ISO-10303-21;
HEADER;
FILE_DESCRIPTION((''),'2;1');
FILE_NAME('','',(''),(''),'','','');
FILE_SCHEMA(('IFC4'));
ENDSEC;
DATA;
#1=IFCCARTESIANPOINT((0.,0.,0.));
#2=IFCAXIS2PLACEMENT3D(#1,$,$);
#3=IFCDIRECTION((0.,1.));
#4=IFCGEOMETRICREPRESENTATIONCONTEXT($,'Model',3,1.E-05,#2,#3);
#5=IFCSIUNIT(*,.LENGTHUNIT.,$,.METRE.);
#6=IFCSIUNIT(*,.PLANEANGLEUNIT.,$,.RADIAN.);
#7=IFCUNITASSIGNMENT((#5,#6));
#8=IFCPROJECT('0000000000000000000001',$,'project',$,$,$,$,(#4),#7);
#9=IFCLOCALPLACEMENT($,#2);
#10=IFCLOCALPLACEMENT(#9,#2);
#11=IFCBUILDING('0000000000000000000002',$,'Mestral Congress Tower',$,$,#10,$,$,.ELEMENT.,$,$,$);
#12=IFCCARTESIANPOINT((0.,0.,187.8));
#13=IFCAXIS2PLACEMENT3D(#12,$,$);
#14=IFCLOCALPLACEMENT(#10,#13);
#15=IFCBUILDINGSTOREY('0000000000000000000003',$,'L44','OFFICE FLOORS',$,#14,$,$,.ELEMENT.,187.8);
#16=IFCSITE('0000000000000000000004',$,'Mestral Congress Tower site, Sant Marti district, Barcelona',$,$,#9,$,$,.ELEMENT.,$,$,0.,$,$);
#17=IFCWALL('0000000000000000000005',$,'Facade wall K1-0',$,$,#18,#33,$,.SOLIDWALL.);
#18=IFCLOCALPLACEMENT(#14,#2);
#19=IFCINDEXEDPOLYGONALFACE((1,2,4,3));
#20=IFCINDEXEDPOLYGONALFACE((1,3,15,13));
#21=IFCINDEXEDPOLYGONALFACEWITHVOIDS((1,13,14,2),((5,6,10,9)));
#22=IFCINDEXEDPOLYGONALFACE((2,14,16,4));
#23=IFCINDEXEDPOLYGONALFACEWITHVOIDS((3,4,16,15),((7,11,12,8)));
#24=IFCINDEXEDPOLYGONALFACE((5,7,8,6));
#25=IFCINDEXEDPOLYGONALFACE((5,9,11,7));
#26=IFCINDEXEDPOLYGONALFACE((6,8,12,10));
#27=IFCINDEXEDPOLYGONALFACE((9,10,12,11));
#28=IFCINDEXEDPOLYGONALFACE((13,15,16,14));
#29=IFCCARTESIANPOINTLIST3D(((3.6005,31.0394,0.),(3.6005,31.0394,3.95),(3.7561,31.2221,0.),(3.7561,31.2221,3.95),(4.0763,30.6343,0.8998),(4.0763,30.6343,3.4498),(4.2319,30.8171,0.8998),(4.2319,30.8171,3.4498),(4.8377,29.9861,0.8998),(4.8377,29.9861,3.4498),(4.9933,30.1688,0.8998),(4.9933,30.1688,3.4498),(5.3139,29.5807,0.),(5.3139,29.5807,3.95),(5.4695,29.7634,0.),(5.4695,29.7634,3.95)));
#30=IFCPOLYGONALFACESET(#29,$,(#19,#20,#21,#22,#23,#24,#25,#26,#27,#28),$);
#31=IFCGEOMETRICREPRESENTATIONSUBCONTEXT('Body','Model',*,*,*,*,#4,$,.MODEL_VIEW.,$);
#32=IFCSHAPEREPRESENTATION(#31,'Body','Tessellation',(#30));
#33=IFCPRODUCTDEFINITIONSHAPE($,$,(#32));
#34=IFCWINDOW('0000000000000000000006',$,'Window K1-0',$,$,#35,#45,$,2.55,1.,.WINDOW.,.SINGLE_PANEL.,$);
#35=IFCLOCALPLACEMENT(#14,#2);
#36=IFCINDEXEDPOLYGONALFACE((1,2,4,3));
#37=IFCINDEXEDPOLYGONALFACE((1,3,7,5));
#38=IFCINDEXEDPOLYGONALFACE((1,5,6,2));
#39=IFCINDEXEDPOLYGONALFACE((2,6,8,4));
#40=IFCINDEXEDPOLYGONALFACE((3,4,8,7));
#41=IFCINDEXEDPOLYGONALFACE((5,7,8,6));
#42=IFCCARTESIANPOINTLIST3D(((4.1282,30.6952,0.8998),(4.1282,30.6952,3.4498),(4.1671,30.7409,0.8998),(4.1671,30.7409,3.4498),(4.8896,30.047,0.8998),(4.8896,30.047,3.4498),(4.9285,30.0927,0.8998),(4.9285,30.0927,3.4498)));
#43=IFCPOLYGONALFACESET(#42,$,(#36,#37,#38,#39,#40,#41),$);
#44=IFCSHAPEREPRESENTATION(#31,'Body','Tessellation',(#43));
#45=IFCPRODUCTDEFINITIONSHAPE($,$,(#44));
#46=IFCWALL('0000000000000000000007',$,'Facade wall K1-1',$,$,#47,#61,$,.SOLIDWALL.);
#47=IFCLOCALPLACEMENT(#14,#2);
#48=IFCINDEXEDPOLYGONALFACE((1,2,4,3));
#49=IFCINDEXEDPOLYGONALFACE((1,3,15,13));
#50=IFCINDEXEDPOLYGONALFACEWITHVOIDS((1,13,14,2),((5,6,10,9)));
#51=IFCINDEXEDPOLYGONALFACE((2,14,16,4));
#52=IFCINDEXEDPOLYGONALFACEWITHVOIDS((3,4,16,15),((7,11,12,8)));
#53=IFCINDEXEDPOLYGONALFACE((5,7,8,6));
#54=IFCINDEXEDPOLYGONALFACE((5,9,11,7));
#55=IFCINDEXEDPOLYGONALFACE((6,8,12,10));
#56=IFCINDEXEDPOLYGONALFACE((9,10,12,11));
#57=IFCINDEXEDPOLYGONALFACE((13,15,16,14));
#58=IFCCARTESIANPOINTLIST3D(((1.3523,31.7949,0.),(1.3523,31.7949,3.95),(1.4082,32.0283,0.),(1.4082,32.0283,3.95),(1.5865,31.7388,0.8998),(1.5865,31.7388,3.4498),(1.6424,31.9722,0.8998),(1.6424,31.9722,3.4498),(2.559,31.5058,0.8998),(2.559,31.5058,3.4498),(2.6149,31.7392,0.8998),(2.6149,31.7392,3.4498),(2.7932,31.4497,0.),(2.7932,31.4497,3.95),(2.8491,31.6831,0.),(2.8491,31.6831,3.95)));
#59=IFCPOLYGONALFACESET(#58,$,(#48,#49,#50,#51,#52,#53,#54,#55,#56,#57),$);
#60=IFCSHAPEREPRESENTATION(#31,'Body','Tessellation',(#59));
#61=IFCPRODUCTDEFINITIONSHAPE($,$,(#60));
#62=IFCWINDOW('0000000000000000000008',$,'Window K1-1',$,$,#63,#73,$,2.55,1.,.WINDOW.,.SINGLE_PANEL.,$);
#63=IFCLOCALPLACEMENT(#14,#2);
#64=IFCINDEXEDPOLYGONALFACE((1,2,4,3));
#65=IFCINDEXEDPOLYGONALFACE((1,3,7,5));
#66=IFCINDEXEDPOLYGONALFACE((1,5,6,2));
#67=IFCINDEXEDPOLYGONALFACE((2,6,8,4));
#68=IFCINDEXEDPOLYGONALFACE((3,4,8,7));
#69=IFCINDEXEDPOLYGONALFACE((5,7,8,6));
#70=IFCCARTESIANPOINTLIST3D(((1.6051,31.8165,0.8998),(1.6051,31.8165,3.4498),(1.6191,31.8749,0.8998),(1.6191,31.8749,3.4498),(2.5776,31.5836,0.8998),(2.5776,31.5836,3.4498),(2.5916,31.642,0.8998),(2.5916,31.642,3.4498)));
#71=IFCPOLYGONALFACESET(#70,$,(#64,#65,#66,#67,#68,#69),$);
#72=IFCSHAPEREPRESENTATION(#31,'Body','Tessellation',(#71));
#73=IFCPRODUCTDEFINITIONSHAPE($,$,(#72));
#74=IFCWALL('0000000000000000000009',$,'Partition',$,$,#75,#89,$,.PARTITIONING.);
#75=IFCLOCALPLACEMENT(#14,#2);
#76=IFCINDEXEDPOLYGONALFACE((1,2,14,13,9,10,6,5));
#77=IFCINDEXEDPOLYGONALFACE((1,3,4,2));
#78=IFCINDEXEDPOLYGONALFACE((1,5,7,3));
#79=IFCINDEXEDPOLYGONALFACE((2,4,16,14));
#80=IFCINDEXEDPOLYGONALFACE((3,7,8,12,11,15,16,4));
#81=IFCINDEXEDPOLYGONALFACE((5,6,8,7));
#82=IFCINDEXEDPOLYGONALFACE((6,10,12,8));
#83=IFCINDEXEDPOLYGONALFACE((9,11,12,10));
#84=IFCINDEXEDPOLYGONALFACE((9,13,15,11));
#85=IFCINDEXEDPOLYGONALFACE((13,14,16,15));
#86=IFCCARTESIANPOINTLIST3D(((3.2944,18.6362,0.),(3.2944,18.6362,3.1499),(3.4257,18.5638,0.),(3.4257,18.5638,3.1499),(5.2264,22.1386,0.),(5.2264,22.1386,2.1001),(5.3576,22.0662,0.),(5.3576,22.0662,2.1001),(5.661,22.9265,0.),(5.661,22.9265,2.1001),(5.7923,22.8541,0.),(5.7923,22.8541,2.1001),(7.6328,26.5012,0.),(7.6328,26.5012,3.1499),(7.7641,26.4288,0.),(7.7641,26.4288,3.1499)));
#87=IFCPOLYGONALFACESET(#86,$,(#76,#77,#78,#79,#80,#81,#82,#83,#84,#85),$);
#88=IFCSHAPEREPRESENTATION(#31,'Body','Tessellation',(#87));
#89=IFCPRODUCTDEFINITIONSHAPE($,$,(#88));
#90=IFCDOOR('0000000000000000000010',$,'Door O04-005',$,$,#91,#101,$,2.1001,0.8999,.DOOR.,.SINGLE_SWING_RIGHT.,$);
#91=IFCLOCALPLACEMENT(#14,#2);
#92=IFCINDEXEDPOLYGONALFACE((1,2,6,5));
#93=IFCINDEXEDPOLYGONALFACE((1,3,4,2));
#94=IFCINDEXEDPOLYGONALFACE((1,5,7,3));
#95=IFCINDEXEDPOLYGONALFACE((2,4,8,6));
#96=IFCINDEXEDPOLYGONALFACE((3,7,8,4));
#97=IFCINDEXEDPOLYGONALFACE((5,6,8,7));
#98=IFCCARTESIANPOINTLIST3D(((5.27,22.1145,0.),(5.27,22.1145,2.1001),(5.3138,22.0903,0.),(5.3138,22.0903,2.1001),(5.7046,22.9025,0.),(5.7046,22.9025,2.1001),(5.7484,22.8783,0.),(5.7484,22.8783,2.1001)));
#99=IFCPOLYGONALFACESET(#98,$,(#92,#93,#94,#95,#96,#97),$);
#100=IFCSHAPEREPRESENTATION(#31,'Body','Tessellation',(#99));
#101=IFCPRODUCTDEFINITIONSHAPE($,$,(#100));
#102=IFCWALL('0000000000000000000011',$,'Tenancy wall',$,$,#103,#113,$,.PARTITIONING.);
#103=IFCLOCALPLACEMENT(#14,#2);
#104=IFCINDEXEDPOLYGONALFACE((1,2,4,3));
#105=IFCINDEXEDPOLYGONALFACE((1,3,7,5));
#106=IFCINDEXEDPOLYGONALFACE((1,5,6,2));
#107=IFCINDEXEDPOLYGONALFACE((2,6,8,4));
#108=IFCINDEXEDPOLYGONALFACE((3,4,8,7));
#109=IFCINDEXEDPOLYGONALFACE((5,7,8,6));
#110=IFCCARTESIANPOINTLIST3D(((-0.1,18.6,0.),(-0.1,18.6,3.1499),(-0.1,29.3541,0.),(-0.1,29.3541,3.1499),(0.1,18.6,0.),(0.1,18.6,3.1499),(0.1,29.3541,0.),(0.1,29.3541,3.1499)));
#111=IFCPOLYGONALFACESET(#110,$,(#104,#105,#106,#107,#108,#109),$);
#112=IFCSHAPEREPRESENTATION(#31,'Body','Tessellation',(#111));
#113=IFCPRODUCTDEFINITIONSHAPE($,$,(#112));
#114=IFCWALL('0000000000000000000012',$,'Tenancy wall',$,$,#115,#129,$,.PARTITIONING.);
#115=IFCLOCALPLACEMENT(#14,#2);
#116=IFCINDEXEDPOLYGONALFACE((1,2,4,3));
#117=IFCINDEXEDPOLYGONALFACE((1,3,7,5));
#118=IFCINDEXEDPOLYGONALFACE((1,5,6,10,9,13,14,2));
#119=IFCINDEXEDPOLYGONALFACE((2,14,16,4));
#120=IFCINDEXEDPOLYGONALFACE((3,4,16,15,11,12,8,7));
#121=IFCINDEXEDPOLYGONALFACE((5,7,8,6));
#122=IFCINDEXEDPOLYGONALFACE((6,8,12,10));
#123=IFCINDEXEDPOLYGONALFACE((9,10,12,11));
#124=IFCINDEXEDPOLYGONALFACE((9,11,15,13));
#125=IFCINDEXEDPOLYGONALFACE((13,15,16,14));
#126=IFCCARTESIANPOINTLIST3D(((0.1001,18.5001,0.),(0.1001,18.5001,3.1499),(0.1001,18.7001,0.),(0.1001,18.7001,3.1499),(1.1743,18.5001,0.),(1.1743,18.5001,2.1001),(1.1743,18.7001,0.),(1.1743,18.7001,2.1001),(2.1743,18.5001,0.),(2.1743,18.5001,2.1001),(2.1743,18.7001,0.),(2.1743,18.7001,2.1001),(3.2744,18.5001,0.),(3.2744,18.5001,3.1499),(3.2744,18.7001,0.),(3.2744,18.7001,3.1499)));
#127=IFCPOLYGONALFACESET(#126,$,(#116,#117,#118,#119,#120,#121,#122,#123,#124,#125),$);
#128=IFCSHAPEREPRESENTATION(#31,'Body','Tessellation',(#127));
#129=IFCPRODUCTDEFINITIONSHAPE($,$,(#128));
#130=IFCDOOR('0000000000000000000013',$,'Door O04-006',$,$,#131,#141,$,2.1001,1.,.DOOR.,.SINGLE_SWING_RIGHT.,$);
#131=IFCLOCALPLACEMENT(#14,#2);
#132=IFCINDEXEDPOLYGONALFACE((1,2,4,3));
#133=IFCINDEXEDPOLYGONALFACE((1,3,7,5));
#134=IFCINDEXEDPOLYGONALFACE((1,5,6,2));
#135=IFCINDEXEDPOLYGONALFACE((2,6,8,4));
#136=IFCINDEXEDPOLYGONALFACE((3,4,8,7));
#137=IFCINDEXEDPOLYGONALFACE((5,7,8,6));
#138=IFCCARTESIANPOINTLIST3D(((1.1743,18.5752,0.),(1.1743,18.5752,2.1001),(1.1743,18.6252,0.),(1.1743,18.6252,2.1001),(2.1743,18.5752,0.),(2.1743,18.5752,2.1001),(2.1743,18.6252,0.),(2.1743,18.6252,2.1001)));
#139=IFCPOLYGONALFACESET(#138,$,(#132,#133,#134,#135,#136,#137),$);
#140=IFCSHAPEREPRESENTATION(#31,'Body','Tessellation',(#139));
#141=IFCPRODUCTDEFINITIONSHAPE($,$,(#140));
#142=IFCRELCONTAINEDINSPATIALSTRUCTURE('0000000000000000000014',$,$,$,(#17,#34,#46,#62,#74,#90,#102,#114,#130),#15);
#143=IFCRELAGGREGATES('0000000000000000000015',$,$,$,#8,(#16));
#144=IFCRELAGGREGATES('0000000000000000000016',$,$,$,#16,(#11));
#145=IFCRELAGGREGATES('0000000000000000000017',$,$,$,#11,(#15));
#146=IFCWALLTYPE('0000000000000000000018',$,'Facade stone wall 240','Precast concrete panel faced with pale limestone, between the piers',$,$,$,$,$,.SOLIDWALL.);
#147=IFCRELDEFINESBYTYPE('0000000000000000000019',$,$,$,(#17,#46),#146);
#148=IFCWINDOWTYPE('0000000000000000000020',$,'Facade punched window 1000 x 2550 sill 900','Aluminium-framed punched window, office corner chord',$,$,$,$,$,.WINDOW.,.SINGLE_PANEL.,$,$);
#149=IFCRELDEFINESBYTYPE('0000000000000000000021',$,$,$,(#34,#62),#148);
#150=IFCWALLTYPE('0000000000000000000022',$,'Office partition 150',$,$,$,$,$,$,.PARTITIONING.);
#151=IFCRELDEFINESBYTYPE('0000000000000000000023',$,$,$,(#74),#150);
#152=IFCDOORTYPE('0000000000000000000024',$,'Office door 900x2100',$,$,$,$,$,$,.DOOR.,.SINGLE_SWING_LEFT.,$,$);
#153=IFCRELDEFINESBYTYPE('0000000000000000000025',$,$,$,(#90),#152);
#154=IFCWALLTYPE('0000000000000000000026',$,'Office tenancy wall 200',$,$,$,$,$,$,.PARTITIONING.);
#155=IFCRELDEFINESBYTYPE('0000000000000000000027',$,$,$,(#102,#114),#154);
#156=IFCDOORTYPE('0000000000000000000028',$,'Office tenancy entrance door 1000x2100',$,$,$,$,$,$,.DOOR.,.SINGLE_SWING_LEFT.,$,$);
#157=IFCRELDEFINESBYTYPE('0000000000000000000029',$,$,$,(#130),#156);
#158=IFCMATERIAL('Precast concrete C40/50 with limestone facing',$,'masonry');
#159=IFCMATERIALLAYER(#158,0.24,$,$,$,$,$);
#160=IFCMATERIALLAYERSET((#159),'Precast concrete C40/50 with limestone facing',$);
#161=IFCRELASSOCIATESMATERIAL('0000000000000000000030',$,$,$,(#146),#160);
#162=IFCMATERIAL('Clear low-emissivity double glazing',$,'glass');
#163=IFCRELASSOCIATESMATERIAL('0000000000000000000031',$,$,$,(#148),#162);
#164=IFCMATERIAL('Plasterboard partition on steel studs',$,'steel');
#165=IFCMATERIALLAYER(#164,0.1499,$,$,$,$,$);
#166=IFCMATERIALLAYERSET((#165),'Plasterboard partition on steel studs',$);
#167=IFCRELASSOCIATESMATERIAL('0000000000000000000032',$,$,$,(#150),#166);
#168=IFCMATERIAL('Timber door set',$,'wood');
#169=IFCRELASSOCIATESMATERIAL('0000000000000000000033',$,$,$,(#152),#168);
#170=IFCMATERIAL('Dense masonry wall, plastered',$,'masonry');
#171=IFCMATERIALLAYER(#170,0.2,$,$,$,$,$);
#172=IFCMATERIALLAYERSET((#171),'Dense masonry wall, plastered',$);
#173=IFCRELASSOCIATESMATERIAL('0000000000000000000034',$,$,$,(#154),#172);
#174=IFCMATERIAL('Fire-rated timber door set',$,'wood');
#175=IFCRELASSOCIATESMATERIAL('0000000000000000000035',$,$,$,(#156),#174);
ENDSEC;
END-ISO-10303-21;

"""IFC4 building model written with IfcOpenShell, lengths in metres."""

from ifc_helpers import new_model, si_unit, direction, frame, frame_2d, origin, place, context, subcontext, project, spatial, rectangle, extrude, material, layer, layer_set, type_object, element, fill, save


model = new_model("IFC4")

# Units and contexts
model_context = context("Model", 3, precision=1e-05, world=origin(), true_north=direction((0.0, 1.0)))
body_context = subcontext(model_context, "Body", "Model", "MODEL_VIEW")
ifc_project = project(units=[si_unit("LENGTHUNIT", "METRE"), si_unit("PLANEANGLEUNIT", "RADIAN")], contexts=[model_context])

# Site, building, storey
site_placement = place(None, origin())
site = spatial("IfcSite", under=ifc_project, at=site_placement, Name="Mestral Congress Tower site, Sant Marti district, Barcelona", CompositionType="ELEMENT", RefElevation=0.0)
building_placement = place(site_placement, origin())
building = spatial("IfcBuilding", under=site, at=building_placement, Name="Mestral Congress Tower", CompositionType="ELEMENT")
storey_placement = place(building_placement, frame((0.0, 0.0, 187.8)))
storey = spatial("IfcBuildingStorey", under=building, at=storey_placement, Name="L44", Description="OFFICE FLOORS", CompositionType="ELEMENT", Elevation=187.8)

# Shared definitions
ifc_material_1 = material(Name="Precast concrete C40/50 with limestone facing", Category="masonry")
ifc_layer_1 = layer(ifc_material_1, 0.24)
ifc_layer_set_1 = layer_set([ifc_layer_1], Name="Precast concrete C40/50 with limestone facing")
wall_type_1 = type_object("IfcWallType", Name="Facade stone wall 240", Description="Precast concrete panel faced with pale limestone, between the piers", PredefinedType="SOLIDWALL", material=ifc_layer_set_1)
ifc_material_2 = material(Name="Clear low-emissivity double glazing", Category="glass")

# Walls, openings, windows
wall_1_placement = place(storey_placement, frame((5.3916, 29.6721, 0.0), z_axis=(0.0, 0.0, 1.0), x_axis=(-0.76142, 0.648259, 0.0)))
wall_1 = element("IfcWall", 1, at=wall_1_placement, inside=storey, type_object=wall_type_1, Name="Facade wall K1-0", PredefinedType="SOLIDWALL", context=body_context, shape_type="SweptSolid", body=[
    extrude(rectangle(XDim=2.2502, YDim=0.24, at=frame_2d((1.125, 0.0))), origin(), (0.0, 0.0, 1.0), 3.95),
])
opening_1_placement = place(wall_1_placement, frame((0.6252, 0.0, 0.8999)))
opening_1 = element("IfcOpeningElement", 2, at=opening_1_placement, cuts=wall_1, PredefinedType="OPENING", context=body_context, shape_type="SweptSolid", body=[
    extrude(rectangle(XDim=1.0, YDim=2.55, at=frame_2d((0.5, 1.2749))), frame((0.0, 0.1299, 0.0), z_axis=(0.0, -1.0, 0.0), x_axis=(1.0, 0.0, 0.0)), (0.0, 0.0, 1.0), 0.26),
])
window_type_1 = type_object("IfcWindowType", Name="Facade punched window 1000 x 2550 sill 900", Description="Aluminium-framed punched window, office corner chord", PartitioningType="SINGLE_PANEL", PredefinedType="WINDOW", material=ifc_material_2)
window_1_placement = place(opening_1_placement, origin())
window_1 = element("IfcWindow", 3, at=window_1_placement, inside=storey, type_object=window_type_1, Name="Window K1-0", OverallHeight=2.55, OverallWidth=1.0, PartitioningType="SINGLE_PANEL", PredefinedType="WINDOW", context=body_context, shape_type="SweptSolid", body=[
    extrude(rectangle(XDim=1.0, YDim=2.55, at=frame_2d((0.5, 1.2749))), frame((0.0, 0.04, 0.0), z_axis=(0.0, -1.0, 0.0), x_axis=(1.0, 0.0, 0.0)), (0.0, 0.0, 1.0), 0.0601),
])
fill(opening_1, window_1)
wall_2_placement = place(storey_placement, frame((2.821, 31.5664, 0.0), z_axis=(0.0, 0.0, 1.0), x_axis=(-0.97248, 0.232987, 0.0)))
wall_2 = element("IfcWall", 4, at=wall_2_placement, inside=storey, type_object=wall_type_1, Name="Facade wall K1-1", PredefinedType="SOLIDWALL", context=body_context, shape_type="SweptSolid", body=[
    extrude(rectangle(XDim=1.4817, YDim=0.24, at=frame_2d((0.7407, 0.0))), origin(), (0.0, 0.0, 1.0), 3.95),
])
opening_2_placement = place(wall_2_placement, frame((0.2407, 0.0, 0.8999)))
opening_2 = element("IfcOpeningElement", 5, at=opening_2_placement, cuts=wall_2, PredefinedType="OPENING", context=body_context, shape_type="SweptSolid", body=[
    extrude(rectangle(XDim=1.0, YDim=2.55, at=frame_2d((0.5, 1.2749))), frame((0.0, 0.1299, 0.0), z_axis=(0.0, -1.0, 0.0), x_axis=(1.0, 0.0, 0.0)), (0.0, 0.0, 1.0), 0.26),
])
window_2_placement = place(opening_2_placement, origin())
window_2 = element("IfcWindow", 6, at=window_2_placement, inside=storey, type_object=window_type_1, Name="Window K1-1", OverallHeight=2.55, OverallWidth=1.0, PartitioningType="SINGLE_PANEL", PredefinedType="WINDOW", context=body_context, shape_type="SweptSolid", body=[
    extrude(rectangle(XDim=1.0, YDim=2.55, at=frame_2d((0.5, 1.2749))), frame((0.0, 0.04, 0.0), z_axis=(0.0, -1.0, 0.0), x_axis=(1.0, 0.0, 0.0)), (0.0, 0.0, 1.0), 0.0601),
])
fill(opening_2, window_2)

# Wall, opening, door
ifc_material_3 = material(Name="Plasterboard partition on steel studs", Category="steel")
ifc_layer_2 = layer(ifc_material_3, 0.1499)
ifc_layer_set_2 = layer_set([ifc_layer_2], Name="Plasterboard partition on steel studs")
wall_type_2 = type_object("IfcWallType", Name="Office partition 150", PredefinedType="PARTITIONING", material=ifc_layer_set_2)
wall_3_placement = place(storey_placement, frame((7.6985, 26.4651, 0.0), z_axis=(0.0, 0.0, 1.0), x_axis=(-0.482998, -0.875621, 0.0)))
wall_3 = element("IfcWall", 7, at=wall_3_placement, inside=storey, type_object=wall_type_2, Name="Partition", PredefinedType="PARTITIONING", context=body_context, shape_type="SweptSolid", body=[
    extrude(rectangle(XDim=8.9822, YDim=0.1499, at=frame_2d((4.4912, 0.0))), origin(), (0.0, 0.0, 1.0), 3.1499),
])
opening_3_placement = place(wall_3_placement, frame((4.0825, 0.0, 0.0)))
opening_3 = element("IfcOpeningElement", 8, at=opening_3_placement, cuts=wall_3, PredefinedType="OPENING", context=body_context, shape_type="SweptSolid", body=[
    extrude(rectangle(XDim=0.8999, YDim=2.1001, at=frame_2d((0.45, 1.05))), frame((0.0, 0.085, 0.0), z_axis=(0.0, -1.0, 0.0), x_axis=(1.0, 0.0, 0.0)), (0.0, 0.0, 1.0), 0.1699),
])
ifc_material_4 = material(Name="Timber door set", Category="wood")
door_type_1 = type_object("IfcDoorType", Name="Office door 900x2100", OperationType="SINGLE_SWING_LEFT", PredefinedType="DOOR", material=ifc_material_4)
door_1_placement = place(opening_3_placement, origin())
door_1 = element("IfcDoor", 9, at=door_1_placement, inside=storey, type_object=door_type_1, Name="Door O04-005", OperationType="SINGLE_SWING_RIGHT", OverallHeight=2.1001, OverallWidth=0.8999, PredefinedType="DOOR", context=body_context, shape_type="SweptSolid", body=[
    extrude(rectangle(XDim=0.8999, YDim=2.1001, at=frame_2d((0.45, 1.05))), frame((0.0, 0.0249, 0.0), z_axis=(0.0, -1.0, 0.0), x_axis=(1.0, 0.0, 0.0)), (0.0, 0.0, 1.0), 0.05),
])
fill(opening_3, door_1)

# Wall
ifc_material_5 = material(Name="Dense masonry wall, plastered", Category="masonry")
ifc_layer_3 = layer(ifc_material_5, 0.2)
ifc_layer_set_3 = layer_set([ifc_layer_3], Name="Dense masonry wall, plastered")
wall_type_3 = type_object("IfcWallType", Name="Office tenancy wall 200", PredefinedType="PARTITIONING", material=ifc_layer_set_3)
wall_4_placement = place(storey_placement, frame((0.0, 18.6001, 0.0), z_axis=(0.0, 0.0, 1.0), x_axis=(0.0, 1.0, 0.0)))
element("IfcWall", 10, at=wall_4_placement, inside=storey, type_object=wall_type_3, Name="Tenancy wall", PredefinedType="PARTITIONING", context=body_context, shape_type="SweptSolid", body=[
    extrude(rectangle(XDim=10.7542, YDim=0.2, at=frame_2d((5.377, 0.0))), origin(), (0.0, 0.0, 1.0), 3.1499),
])

# Wall, opening, door
wall_5_placement = place(storey_placement, frame((3.2744, 18.6001, 0.0), z_axis=(0.0, 0.0, 1.0), x_axis=(-1.0, 0.0, 0.0)))
wall_5 = element("IfcWall", 11, at=wall_5_placement, inside=storey, type_object=wall_type_3, Name="Tenancy wall", PredefinedType="PARTITIONING", context=body_context, shape_type="SweptSolid", body=[
    extrude(rectangle(XDim=3.1743, YDim=0.2, at=frame_2d((1.5872, 0.0))), origin(), (0.0, 0.0, 1.0), 3.1499),
])
opening_4_placement = place(wall_5_placement, frame((1.1001, 0.0, 0.0)))
opening_4 = element("IfcOpeningElement", 12, at=opening_4_placement, cuts=wall_5, PredefinedType="OPENING", context=body_context, shape_type="SweptSolid", body=[
    extrude(rectangle(XDim=1.0, YDim=2.1001, at=frame_2d((0.5, 1.05))), frame((0.0, 0.1099, 0.0), z_axis=(0.0, -1.0, 0.0), x_axis=(1.0, 0.0, 0.0)), (0.0, 0.0, 1.0), 0.22),
])
ifc_material_6 = material(Name="Fire-rated timber door set", Category="wood")
door_type_2 = type_object("IfcDoorType", Name="Office tenancy entrance door 1000x2100", OperationType="SINGLE_SWING_LEFT", PredefinedType="DOOR", material=ifc_material_6)
door_2_placement = place(opening_4_placement, origin())
door_2 = element("IfcDoor", 13, at=door_2_placement, inside=storey, type_object=door_type_2, Name="Door O04-006", OperationType="SINGLE_SWING_RIGHT", OverallHeight=2.1001, OverallWidth=1.0, PredefinedType="DOOR", context=body_context, shape_type="SweptSolid", body=[
    extrude(rectangle(XDim=1.0, YDim=2.1001, at=frame_2d((0.5, 1.05))), frame((0.0, 0.0249, 0.0), z_axis=(0.0, -1.0, 0.0), x_axis=(1.0, 0.0, 0.0)), (0.0, 0.0, 1.0), 0.05),
])
fill(opening_4, door_2)

save(model, "model.ifc")
